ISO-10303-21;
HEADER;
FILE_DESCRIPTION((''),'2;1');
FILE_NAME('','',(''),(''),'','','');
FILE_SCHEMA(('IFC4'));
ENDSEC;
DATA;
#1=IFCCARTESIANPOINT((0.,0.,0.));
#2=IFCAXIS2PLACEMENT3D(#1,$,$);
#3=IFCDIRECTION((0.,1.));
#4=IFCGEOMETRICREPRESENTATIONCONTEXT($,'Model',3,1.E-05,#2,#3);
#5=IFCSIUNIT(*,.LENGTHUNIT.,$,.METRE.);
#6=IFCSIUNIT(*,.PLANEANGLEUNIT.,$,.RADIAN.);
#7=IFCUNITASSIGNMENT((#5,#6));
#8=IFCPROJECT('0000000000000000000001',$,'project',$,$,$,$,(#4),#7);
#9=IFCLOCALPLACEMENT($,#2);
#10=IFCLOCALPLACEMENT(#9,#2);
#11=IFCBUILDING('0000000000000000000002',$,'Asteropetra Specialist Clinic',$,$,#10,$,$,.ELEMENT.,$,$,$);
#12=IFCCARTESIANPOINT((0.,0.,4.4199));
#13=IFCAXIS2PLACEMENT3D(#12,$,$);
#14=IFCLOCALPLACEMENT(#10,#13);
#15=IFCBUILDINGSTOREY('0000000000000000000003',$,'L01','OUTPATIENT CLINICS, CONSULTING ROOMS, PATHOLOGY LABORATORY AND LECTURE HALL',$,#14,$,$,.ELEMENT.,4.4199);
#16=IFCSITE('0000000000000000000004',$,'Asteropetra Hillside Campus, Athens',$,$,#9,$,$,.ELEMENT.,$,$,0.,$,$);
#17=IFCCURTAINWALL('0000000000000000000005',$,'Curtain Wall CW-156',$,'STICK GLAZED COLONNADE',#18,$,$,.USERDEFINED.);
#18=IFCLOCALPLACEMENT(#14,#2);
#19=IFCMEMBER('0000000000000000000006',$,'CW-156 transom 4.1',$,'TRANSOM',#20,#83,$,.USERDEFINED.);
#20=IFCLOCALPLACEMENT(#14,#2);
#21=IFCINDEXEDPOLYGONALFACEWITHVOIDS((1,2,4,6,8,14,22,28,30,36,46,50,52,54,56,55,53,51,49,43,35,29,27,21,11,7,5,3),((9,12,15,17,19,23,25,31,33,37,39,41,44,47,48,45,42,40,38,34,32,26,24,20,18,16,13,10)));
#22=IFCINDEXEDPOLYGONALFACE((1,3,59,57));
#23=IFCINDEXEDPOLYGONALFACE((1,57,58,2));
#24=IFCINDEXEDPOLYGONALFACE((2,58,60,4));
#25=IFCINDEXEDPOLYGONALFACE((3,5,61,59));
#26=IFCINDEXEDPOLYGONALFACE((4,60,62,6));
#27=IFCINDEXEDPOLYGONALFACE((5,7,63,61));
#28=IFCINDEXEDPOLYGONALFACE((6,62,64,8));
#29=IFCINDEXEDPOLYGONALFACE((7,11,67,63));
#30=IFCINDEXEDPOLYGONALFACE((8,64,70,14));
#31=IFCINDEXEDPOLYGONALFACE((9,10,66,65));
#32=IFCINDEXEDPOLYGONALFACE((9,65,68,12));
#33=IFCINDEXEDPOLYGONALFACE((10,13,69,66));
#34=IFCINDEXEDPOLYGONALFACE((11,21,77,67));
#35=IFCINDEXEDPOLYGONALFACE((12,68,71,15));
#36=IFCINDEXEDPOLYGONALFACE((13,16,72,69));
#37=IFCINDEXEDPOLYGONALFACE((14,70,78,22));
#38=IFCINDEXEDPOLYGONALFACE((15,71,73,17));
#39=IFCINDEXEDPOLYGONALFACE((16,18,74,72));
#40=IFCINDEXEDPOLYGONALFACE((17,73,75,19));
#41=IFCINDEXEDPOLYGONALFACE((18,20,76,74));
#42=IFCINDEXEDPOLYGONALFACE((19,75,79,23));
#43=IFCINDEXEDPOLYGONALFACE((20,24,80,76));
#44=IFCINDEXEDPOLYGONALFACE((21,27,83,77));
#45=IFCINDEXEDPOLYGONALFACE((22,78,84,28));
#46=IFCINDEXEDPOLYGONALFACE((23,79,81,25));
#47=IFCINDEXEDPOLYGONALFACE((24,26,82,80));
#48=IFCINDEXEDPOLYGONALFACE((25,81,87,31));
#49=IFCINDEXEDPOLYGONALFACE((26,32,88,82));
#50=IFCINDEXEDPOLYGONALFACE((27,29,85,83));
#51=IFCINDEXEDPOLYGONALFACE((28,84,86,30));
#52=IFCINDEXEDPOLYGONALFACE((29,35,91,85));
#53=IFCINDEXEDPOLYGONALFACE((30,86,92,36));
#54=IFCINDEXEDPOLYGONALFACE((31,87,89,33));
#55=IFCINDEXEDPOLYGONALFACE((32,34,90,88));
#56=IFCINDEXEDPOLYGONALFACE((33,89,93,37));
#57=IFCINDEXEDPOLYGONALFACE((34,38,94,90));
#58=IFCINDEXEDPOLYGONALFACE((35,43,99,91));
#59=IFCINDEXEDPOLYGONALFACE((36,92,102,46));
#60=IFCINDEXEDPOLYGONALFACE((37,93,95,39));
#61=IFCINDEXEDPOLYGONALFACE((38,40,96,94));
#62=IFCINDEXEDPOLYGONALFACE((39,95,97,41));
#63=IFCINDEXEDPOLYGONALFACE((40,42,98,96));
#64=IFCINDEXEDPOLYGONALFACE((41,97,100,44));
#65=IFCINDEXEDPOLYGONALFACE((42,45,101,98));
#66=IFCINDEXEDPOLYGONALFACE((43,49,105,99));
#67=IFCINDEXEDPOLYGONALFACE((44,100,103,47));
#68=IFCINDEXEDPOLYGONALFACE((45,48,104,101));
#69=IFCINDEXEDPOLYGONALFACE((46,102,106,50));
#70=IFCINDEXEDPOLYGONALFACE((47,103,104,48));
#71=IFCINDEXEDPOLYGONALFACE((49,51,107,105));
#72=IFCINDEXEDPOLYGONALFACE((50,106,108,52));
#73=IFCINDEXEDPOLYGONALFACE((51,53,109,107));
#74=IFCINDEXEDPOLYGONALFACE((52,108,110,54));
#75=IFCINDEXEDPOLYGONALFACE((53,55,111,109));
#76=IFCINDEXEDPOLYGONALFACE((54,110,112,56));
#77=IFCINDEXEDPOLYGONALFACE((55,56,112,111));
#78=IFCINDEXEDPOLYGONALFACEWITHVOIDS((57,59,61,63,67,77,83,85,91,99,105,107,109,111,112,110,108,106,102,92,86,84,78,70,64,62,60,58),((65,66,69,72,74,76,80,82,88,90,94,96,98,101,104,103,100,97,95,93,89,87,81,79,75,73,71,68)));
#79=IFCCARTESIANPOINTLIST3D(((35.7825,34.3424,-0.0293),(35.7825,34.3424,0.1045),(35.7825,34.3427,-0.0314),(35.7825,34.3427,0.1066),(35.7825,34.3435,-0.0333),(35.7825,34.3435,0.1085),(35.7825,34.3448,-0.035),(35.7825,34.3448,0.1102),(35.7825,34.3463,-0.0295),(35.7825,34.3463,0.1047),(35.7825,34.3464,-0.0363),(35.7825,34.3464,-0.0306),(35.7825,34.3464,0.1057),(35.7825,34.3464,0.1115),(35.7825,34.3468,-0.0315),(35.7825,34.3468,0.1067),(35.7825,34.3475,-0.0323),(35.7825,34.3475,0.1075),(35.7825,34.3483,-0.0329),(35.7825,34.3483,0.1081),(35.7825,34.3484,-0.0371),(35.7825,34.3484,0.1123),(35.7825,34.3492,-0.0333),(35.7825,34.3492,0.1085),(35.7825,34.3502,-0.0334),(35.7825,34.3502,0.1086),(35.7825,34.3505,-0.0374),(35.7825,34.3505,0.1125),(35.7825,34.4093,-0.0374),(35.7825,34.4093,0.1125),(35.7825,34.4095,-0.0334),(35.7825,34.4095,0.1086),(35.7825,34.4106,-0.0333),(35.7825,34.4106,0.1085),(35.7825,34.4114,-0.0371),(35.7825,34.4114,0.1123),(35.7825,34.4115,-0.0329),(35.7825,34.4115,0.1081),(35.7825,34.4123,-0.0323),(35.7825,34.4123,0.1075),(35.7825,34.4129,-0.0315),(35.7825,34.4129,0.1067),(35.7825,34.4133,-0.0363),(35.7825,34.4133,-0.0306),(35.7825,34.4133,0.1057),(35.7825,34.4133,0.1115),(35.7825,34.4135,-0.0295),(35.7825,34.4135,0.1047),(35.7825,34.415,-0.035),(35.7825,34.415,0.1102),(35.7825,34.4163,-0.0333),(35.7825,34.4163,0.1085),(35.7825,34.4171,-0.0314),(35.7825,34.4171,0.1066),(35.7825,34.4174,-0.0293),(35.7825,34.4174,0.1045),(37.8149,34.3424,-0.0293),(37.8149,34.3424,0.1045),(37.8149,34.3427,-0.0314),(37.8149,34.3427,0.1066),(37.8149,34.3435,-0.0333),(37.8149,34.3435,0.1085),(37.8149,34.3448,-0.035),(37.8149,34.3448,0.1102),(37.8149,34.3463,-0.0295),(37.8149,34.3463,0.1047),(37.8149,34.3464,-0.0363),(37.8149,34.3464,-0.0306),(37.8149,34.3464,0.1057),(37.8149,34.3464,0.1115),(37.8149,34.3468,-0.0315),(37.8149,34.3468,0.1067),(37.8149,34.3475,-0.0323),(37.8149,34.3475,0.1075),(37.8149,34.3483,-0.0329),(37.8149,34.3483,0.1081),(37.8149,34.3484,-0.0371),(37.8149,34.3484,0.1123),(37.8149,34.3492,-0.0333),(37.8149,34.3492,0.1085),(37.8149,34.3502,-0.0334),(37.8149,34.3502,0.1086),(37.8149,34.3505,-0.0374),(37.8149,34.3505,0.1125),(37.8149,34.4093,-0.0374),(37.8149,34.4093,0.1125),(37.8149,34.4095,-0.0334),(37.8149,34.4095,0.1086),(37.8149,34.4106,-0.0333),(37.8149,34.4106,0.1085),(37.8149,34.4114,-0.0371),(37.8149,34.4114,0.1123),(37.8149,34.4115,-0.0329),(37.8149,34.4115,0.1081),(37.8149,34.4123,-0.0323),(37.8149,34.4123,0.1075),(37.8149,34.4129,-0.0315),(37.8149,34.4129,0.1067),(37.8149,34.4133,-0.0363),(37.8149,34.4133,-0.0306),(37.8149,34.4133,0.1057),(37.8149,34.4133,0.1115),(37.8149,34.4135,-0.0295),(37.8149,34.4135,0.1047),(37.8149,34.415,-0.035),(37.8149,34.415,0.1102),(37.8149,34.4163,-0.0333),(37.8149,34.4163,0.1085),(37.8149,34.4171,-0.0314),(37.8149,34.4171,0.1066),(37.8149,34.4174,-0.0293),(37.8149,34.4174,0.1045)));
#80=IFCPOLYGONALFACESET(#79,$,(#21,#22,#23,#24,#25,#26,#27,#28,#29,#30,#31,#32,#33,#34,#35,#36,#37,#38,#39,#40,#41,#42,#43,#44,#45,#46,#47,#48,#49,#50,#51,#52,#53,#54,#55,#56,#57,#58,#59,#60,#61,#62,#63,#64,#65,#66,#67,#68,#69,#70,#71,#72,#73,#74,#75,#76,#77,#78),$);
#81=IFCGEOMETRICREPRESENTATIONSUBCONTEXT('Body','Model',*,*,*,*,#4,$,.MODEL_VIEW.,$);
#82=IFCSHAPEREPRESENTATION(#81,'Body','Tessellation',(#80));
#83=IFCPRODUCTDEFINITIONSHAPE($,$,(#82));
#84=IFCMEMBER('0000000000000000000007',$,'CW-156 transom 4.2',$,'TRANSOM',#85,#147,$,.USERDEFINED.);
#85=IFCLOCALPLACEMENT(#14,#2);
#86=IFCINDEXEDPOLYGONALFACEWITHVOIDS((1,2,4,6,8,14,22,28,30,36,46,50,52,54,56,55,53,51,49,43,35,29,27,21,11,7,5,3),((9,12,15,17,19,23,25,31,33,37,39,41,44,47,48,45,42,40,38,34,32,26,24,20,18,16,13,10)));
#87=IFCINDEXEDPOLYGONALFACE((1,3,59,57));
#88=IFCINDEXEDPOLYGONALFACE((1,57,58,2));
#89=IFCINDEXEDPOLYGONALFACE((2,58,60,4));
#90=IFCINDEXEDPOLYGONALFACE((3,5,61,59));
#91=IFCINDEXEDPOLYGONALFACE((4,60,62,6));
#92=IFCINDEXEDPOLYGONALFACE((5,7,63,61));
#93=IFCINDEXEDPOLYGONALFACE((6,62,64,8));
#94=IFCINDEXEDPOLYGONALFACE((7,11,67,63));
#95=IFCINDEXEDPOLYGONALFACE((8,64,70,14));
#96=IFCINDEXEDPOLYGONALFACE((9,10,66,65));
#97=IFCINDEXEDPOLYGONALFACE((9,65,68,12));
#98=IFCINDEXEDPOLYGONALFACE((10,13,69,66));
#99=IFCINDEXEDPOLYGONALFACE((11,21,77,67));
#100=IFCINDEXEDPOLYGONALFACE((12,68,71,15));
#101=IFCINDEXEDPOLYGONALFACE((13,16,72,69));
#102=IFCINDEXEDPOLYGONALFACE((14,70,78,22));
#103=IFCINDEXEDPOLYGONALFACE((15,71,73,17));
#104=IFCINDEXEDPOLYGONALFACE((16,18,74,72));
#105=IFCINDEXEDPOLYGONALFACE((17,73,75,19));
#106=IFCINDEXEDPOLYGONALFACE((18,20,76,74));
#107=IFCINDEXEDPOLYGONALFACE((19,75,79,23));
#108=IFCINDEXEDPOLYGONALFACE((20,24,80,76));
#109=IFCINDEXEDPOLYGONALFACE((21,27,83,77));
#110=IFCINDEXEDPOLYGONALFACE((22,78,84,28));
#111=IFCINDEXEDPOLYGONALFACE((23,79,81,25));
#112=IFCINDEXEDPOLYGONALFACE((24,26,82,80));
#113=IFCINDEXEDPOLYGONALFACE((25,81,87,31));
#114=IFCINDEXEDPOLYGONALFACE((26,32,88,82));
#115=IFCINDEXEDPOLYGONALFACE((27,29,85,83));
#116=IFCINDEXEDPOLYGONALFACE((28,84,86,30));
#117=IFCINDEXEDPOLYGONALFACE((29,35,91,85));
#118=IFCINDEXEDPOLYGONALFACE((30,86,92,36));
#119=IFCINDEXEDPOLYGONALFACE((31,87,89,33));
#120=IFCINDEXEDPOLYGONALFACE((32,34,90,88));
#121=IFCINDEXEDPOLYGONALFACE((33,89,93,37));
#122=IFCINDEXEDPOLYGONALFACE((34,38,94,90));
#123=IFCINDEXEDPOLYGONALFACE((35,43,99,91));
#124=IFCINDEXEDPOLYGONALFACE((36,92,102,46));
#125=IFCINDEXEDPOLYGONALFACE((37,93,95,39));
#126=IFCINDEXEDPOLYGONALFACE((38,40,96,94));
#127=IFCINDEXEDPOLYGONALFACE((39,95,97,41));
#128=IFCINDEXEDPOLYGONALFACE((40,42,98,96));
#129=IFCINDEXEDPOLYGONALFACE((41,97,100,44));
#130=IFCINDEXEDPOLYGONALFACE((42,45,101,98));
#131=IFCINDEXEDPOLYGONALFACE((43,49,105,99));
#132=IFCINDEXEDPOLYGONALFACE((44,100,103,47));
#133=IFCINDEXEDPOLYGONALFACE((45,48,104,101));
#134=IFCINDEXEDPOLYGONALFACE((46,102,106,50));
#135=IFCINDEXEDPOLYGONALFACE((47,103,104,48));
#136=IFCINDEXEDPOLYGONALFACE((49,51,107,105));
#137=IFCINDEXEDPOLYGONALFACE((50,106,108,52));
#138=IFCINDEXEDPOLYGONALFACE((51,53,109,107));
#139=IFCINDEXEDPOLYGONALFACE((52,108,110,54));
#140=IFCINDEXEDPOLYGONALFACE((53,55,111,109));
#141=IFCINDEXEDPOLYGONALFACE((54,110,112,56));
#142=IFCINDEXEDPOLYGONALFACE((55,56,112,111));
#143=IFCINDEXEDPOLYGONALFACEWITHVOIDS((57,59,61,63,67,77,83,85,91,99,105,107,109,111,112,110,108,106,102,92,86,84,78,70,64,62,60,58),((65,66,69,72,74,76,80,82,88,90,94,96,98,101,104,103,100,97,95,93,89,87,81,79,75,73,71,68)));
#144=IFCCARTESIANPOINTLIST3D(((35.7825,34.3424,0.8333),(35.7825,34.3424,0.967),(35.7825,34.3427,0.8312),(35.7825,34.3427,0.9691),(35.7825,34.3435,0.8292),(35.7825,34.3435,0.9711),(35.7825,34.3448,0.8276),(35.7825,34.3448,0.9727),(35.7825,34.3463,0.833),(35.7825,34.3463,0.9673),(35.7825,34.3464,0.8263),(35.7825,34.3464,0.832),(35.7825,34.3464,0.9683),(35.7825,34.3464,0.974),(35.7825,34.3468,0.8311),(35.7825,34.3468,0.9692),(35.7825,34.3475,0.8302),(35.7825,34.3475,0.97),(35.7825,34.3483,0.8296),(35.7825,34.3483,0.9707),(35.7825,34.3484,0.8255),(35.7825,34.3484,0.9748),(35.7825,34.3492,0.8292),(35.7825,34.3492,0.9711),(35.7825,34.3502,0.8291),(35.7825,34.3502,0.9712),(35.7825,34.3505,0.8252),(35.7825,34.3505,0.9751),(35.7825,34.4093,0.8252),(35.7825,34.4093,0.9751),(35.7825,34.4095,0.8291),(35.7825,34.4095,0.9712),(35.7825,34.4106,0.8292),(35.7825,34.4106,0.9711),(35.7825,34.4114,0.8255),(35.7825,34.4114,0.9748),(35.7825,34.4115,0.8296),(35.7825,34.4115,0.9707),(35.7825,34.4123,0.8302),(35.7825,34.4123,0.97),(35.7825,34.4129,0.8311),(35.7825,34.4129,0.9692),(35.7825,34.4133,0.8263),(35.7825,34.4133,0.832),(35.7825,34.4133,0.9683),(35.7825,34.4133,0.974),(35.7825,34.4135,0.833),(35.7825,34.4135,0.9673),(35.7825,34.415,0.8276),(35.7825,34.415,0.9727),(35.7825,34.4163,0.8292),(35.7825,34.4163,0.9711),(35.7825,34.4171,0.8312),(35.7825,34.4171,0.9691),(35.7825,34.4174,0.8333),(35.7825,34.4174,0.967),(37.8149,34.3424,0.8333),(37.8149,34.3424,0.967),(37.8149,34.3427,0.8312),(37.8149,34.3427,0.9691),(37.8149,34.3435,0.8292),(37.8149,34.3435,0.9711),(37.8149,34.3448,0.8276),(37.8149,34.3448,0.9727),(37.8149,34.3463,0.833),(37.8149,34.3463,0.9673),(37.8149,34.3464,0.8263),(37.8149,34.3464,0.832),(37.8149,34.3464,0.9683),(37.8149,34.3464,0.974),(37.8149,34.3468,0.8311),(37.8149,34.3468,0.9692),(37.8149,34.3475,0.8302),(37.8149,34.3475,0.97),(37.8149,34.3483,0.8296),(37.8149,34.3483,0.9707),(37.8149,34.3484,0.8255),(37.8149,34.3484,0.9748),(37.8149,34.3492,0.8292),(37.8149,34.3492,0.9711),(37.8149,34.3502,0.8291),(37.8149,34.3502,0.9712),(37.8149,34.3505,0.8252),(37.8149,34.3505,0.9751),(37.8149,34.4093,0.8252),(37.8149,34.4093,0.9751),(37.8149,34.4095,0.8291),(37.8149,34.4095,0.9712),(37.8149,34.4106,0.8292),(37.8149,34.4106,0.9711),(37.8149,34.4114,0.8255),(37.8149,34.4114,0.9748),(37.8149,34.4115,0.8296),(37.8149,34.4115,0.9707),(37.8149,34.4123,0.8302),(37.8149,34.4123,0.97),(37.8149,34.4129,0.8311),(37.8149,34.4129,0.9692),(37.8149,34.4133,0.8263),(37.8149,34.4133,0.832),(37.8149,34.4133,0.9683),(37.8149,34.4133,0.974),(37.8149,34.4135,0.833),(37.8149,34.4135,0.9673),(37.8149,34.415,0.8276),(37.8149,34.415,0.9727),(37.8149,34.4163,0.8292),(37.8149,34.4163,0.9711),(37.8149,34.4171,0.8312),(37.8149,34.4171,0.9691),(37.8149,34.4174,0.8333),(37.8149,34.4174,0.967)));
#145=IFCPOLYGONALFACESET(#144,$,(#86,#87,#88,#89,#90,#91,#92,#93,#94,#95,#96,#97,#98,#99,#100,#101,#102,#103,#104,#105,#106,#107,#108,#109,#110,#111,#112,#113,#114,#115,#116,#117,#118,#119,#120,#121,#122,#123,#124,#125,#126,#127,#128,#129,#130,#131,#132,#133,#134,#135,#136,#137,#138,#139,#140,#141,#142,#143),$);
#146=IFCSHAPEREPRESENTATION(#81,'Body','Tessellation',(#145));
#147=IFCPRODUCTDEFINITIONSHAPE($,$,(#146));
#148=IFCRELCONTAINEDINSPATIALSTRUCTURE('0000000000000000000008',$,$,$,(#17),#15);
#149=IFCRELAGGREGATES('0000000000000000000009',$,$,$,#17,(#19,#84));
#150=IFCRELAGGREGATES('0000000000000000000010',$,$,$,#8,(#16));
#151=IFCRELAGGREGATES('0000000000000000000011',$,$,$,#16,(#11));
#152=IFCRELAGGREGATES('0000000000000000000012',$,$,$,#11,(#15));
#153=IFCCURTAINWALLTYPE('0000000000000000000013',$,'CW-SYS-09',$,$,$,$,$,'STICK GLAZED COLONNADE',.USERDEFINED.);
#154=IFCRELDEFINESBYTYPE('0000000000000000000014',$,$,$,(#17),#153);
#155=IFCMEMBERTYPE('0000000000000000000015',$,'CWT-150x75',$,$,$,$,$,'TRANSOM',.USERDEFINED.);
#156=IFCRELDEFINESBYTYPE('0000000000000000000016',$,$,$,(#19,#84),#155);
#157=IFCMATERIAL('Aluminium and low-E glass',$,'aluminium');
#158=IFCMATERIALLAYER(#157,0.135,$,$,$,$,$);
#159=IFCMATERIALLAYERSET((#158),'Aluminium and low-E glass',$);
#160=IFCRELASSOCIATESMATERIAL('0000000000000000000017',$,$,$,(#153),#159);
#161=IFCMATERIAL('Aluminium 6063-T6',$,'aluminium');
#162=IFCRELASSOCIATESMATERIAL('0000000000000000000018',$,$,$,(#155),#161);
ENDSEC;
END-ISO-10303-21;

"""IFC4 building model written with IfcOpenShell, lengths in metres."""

from ifc_helpers import new_model, si_unit, direction, frame, origin, origin_2d, place, context, subcontext, project, spatial, hollow_rectangle, extrude, material, layer, layer_set, material_profile, profile_set, type_object, element, aggregate, save


model = new_model("IFC4")

# Units and contexts
model_context = context("Model", 3, precision=1e-05, world=origin(), true_north=direction((0.0, 1.0)))
body_context = subcontext(model_context, "Body", "Model", "MODEL_VIEW")
ifc_project = project(units=[si_unit("LENGTHUNIT", "METRE"), si_unit("PLANEANGLEUNIT", "RADIAN")], contexts=[model_context])

# Site, building, storey
site_placement = place(None, origin())
site = spatial("IfcSite", under=ifc_project, at=site_placement, Name="Asteropetra Hillside Campus, Athens", CompositionType="ELEMENT", RefElevation=0.0)
building_placement = place(site_placement, origin())
building = spatial("IfcBuilding", under=site, at=building_placement, Name="Asteropetra Specialist Clinic", CompositionType="ELEMENT")
storey_placement = place(building_placement, frame((0.0, 0.0, 4.4199)))
storey = spatial("IfcBuildingStorey", under=building, at=storey_placement, Name="L01", Description="OUTPATIENT CLINICS, CONSULTING ROOMS, PATHOLOGY LABORATORY AND LECTURE HALL", CompositionType="ELEMENT", Elevation=4.4199)

# Curtain wall, members
ifc_material_1 = material(Name="Aluminium and low-E glass", Category="aluminium")
ifc_layer_1 = layer(ifc_material_1, 0.135)
ifc_layer_set_1 = layer_set([ifc_layer_1], Name="Aluminium and low-E glass")
curtain_wall_type = type_object("IfcCurtainWallType", Name="CW-SYS-09", ElementType="STICK GLAZED COLONNADE", PredefinedType="USERDEFINED", material=ifc_layer_set_1)
curtain_wall_placement = place(storey_placement, origin())
curtain_wall = element("IfcCurtainWall", 1, at=curtain_wall_placement, inside=storey, type_object=curtain_wall_type, Name="Curtain Wall CW-156", ObjectType="STICK GLAZED COLONNADE", PredefinedType="USERDEFINED")
ifc_material_2 = material(Name="Aluminium 6063-T6", Category="aluminium")
ifc_material_profile_1 = material_profile(ifc_material_2, hollow_rectangle(XDim=0.075, YDim=0.1499, WallThickness=0.0039, InnerFilletRadius=0.0039, OuterFilletRadius=0.0081, at=origin_2d()), Name="TRN 150x75x4.0")
ifc_profile_set_1 = profile_set([ifc_material_profile_1], Name="Aluminium 6063-T6")
member_type_1 = type_object("IfcMemberType", Name="CWT-150x75", ElementType="TRANSOM", PredefinedType="USERDEFINED", material=ifc_profile_set_1)
member_1_placement = place(storey_placement, frame((35.7825, 34.3799, 0.0376), z_axis=(1.0, 0.0, 0.0), x_axis=(0.0, 1.0, 0.0)))
member_1 = element("IfcMember", 2, at=member_1_placement, type_object=member_type_1, Name="CW-156 transom 4.1", ObjectType="TRANSOM", PredefinedType="USERDEFINED", context=body_context, shape_type="SweptSolid", body=[
    extrude(hollow_rectangle(XDim=0.075, YDim=0.1499, WallThickness=0.0039, InnerFilletRadius=0.0039, OuterFilletRadius=0.0081, at=origin_2d()), origin(), (0.0, 0.0, 1.0), 2.0325),
])
member_2_placement = place(storey_placement, frame((35.7825, 34.3799, 0.9001), z_axis=(1.0, 0.0, 0.0), x_axis=(0.0, 1.0, 0.0)))
member_2 = element("IfcMember", 3, at=member_2_placement, type_object=member_type_1, Name="CW-156 transom 4.2", ObjectType="TRANSOM", PredefinedType="USERDEFINED", context=body_context, shape_type="SweptSolid", body=[
    extrude(hollow_rectangle(XDim=0.075, YDim=0.1499, WallThickness=0.0039, InnerFilletRadius=0.0039, OuterFilletRadius=0.0081, at=origin_2d()), origin(), (0.0, 0.0, 1.0), 2.0325),
])

aggregate(curtain_wall, [member_1, member_2])

save(model, "model.ifc")
